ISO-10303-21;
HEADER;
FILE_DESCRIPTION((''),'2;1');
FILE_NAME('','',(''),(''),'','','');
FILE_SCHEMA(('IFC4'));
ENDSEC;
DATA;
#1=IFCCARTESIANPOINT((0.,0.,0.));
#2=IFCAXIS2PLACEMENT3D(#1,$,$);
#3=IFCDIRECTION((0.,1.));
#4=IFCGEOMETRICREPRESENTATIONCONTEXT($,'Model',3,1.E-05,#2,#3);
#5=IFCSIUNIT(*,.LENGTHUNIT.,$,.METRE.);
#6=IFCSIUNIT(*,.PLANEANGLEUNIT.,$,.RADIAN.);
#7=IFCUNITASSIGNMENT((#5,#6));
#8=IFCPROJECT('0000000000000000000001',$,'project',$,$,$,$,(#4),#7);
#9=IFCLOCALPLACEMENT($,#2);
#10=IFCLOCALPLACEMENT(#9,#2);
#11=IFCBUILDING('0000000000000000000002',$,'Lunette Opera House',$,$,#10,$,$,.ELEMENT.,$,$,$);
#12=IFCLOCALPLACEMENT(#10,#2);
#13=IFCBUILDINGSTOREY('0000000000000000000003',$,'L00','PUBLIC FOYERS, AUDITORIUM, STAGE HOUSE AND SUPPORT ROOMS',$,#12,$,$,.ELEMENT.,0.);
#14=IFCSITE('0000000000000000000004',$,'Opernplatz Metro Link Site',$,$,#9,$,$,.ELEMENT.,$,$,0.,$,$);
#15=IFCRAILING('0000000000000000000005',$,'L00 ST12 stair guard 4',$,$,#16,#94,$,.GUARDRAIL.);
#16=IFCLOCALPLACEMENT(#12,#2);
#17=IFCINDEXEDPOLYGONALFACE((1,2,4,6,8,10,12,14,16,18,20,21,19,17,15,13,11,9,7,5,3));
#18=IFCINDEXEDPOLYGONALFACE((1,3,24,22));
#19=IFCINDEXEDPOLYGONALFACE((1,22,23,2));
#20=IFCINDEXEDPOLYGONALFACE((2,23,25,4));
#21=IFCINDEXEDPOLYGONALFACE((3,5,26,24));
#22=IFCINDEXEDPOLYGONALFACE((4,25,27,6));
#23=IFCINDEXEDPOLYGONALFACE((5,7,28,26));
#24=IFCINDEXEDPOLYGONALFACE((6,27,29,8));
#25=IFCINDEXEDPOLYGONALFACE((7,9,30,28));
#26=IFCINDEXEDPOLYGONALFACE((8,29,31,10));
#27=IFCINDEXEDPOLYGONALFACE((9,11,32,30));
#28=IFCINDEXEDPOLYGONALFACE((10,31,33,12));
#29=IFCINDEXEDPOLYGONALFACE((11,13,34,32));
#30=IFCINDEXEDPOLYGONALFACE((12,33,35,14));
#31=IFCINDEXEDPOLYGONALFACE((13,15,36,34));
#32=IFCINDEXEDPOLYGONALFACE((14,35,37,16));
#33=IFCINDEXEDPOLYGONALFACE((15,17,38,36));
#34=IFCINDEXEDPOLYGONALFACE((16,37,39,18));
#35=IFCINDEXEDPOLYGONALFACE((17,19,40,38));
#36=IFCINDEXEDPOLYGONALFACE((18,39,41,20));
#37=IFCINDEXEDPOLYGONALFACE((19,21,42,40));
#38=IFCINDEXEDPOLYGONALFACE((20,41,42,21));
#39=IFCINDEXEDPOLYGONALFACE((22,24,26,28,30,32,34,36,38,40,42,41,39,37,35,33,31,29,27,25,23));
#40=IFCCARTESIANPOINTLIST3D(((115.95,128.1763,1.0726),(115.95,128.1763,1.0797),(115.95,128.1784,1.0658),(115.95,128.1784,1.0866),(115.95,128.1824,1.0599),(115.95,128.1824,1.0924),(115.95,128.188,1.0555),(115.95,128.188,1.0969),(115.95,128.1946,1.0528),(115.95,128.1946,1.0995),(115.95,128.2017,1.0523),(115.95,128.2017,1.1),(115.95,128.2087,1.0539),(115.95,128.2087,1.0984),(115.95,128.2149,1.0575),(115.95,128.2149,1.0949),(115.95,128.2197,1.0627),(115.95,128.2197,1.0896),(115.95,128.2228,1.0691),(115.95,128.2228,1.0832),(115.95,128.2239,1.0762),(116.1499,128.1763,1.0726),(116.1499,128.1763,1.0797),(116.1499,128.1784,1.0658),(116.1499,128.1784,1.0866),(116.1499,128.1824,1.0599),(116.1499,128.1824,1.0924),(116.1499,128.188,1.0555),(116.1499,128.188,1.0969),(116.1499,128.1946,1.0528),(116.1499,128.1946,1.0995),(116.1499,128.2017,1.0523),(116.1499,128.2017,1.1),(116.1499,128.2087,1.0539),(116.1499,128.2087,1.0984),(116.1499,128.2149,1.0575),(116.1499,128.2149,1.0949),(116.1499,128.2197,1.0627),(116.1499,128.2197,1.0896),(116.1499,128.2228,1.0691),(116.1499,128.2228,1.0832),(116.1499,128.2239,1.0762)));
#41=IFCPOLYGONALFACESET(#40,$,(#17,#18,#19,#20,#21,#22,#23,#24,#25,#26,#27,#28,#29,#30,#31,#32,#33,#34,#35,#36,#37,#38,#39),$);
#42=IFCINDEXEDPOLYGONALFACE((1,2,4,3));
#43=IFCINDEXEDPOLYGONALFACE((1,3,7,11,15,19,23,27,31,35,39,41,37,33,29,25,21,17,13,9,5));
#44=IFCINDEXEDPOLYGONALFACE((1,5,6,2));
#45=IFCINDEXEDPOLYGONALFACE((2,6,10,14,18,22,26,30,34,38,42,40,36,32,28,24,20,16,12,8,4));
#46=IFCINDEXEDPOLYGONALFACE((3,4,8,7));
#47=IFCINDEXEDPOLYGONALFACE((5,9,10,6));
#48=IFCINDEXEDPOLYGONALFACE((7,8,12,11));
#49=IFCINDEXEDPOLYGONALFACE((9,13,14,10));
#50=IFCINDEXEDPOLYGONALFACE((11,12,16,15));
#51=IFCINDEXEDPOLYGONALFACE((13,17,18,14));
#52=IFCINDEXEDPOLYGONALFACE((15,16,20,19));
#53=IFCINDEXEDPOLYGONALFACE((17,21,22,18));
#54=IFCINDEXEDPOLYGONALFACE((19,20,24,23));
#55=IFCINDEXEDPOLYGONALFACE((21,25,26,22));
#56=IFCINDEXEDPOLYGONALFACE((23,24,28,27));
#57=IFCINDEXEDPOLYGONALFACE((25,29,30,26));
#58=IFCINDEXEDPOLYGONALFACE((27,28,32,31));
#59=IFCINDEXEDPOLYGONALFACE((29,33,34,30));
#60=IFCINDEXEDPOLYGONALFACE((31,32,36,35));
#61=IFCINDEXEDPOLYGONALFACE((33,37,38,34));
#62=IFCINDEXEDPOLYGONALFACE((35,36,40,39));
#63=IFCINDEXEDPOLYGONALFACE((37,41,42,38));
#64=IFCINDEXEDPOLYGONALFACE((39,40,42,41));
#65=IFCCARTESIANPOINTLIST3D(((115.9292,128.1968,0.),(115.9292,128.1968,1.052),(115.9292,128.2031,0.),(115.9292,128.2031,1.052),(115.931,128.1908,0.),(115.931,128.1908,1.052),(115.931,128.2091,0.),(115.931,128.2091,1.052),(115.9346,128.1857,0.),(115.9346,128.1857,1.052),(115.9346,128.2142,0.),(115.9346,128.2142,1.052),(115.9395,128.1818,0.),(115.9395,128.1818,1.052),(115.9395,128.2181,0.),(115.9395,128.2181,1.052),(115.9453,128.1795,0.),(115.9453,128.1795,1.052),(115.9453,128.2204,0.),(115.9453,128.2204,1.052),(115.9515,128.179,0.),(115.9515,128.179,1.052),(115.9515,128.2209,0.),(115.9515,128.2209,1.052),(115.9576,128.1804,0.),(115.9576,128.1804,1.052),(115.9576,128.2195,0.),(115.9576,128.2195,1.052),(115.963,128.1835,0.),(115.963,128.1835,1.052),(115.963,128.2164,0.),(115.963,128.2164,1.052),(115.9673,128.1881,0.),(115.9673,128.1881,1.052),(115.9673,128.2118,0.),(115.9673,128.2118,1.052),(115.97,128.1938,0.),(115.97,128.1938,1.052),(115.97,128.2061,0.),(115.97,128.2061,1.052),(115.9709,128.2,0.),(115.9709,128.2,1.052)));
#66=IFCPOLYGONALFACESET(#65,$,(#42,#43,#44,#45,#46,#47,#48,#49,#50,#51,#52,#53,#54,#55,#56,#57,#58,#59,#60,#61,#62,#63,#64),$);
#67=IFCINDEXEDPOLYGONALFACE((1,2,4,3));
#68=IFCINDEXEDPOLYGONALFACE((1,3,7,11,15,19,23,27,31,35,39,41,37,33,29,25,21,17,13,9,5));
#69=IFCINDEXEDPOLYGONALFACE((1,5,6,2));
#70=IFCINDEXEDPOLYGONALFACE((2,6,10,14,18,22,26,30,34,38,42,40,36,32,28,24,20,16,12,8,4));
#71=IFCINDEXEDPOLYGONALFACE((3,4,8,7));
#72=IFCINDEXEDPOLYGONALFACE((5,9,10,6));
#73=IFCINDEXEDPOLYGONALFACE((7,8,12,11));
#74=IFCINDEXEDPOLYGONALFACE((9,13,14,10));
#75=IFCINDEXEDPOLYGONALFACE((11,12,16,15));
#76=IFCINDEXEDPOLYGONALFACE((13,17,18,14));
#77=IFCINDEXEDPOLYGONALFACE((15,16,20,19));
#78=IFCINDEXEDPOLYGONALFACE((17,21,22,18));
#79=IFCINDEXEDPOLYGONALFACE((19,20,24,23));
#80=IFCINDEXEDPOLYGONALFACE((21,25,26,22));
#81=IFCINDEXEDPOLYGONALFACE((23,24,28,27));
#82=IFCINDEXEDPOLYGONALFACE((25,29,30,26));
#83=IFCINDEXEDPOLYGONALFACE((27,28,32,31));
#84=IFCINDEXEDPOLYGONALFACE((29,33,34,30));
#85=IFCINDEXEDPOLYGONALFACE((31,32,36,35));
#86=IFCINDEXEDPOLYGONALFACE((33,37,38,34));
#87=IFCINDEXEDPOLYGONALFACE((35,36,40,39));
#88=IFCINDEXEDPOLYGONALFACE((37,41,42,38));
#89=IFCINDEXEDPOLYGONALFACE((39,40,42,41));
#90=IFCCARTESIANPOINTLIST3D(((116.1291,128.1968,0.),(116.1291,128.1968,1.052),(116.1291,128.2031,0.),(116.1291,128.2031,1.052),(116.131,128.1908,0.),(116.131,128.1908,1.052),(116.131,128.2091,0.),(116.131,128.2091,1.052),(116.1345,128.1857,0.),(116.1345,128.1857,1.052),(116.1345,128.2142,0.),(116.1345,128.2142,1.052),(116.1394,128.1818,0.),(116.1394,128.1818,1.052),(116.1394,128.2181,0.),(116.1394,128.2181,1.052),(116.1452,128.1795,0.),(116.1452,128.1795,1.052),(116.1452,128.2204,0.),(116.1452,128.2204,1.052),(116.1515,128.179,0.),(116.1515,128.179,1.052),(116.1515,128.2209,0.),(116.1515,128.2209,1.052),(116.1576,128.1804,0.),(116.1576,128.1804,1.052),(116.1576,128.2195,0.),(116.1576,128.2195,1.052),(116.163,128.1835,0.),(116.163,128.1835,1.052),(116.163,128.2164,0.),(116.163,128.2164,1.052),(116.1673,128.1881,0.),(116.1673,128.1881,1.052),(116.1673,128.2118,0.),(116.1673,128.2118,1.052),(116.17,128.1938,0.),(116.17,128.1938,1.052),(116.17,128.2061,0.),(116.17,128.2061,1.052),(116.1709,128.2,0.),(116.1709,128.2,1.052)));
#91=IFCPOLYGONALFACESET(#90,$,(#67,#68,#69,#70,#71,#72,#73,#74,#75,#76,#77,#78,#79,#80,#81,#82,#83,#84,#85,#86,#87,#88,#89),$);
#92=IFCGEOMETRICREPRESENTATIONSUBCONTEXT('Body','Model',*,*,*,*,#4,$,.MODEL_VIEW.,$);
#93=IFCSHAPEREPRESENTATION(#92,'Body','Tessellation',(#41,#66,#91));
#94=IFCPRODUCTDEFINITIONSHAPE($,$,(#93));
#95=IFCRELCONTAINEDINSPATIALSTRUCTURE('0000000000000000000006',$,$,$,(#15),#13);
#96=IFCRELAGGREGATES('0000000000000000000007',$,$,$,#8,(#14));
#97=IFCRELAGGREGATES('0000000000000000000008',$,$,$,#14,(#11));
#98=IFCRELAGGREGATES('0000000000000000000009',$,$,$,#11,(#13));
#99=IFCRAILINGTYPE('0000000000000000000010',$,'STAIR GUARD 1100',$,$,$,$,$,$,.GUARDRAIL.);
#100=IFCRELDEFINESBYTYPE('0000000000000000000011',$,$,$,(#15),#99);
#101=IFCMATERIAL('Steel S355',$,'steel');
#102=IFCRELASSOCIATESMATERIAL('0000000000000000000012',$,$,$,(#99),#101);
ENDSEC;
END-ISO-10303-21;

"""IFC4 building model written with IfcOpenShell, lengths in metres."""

from ifc_helpers import new_model, si_unit, direction, frame, origin, origin_2d, place, context, subcontext, project, spatial, circle, extrude, material, type_object, element, save


model = new_model("IFC4")

# Units and contexts
model_context = context("Model", 3, precision=1e-05, world=origin(), true_north=direction((0.0, 1.0)))
body_context = subcontext(model_context, "Body", "Model", "MODEL_VIEW")
ifc_project = project(units=[si_unit("LENGTHUNIT", "METRE"), si_unit("PLANEANGLEUNIT", "RADIAN")], contexts=[model_context])

# Site, building, storey
site_placement = place(None, origin())
site = spatial("IfcSite", under=ifc_project, at=site_placement, Name="Opernplatz Metro Link Site", CompositionType="ELEMENT", RefElevation=0.0)
building_placement = place(site_placement, origin())
building = spatial("IfcBuilding", under=site, at=building_placement, Name="Lunette Opera House", CompositionType="ELEMENT")
storey_placement = place(building_placement, origin())
storey = spatial("IfcBuildingStorey", under=building, at=storey_placement, Name="L00", Description="PUBLIC FOYERS, AUDITORIUM, STAGE HOUSE AND SUPPORT ROOMS", CompositionType="ELEMENT", Elevation=0.0)

# Railing
ifc_material_1 = material(Name="Steel S355", Category="steel")
railing_type_1 = type_object("IfcRailingType", Name="STAIR GUARD 1100", PredefinedType="GUARDRAIL", material=ifc_material_1)
railing_1_placement = place(storey_placement, frame((115.95, 128.2, 0.0)))
element("IfcRailing", 1, at=railing_1_placement, inside=storey, type_object=railing_type_1, Name="L00 ST12 stair guard 4", PredefinedType="GUARDRAIL", context=body_context, shape_type="SweptSolid", body=[
    extrude(circle(Radius=0.0239, at=origin_2d()), frame((0.0, 0.0, 1.0762), z_axis=(1.0, 0.0, 0.0), x_axis=(0.0, 1.0, 0.0)), (0.0, 0.0, 1.0), 0.2),
    extrude(circle(Radius=0.021, at=origin_2d()), origin(), (0.0, 0.0, 1.0), 1.052),
    extrude(circle(Radius=0.021, at=origin_2d()), frame((0.2, 0.0, 0.0)), (0.0, 0.0, 1.0), 1.052),
])

save(model, "model.ifc")
